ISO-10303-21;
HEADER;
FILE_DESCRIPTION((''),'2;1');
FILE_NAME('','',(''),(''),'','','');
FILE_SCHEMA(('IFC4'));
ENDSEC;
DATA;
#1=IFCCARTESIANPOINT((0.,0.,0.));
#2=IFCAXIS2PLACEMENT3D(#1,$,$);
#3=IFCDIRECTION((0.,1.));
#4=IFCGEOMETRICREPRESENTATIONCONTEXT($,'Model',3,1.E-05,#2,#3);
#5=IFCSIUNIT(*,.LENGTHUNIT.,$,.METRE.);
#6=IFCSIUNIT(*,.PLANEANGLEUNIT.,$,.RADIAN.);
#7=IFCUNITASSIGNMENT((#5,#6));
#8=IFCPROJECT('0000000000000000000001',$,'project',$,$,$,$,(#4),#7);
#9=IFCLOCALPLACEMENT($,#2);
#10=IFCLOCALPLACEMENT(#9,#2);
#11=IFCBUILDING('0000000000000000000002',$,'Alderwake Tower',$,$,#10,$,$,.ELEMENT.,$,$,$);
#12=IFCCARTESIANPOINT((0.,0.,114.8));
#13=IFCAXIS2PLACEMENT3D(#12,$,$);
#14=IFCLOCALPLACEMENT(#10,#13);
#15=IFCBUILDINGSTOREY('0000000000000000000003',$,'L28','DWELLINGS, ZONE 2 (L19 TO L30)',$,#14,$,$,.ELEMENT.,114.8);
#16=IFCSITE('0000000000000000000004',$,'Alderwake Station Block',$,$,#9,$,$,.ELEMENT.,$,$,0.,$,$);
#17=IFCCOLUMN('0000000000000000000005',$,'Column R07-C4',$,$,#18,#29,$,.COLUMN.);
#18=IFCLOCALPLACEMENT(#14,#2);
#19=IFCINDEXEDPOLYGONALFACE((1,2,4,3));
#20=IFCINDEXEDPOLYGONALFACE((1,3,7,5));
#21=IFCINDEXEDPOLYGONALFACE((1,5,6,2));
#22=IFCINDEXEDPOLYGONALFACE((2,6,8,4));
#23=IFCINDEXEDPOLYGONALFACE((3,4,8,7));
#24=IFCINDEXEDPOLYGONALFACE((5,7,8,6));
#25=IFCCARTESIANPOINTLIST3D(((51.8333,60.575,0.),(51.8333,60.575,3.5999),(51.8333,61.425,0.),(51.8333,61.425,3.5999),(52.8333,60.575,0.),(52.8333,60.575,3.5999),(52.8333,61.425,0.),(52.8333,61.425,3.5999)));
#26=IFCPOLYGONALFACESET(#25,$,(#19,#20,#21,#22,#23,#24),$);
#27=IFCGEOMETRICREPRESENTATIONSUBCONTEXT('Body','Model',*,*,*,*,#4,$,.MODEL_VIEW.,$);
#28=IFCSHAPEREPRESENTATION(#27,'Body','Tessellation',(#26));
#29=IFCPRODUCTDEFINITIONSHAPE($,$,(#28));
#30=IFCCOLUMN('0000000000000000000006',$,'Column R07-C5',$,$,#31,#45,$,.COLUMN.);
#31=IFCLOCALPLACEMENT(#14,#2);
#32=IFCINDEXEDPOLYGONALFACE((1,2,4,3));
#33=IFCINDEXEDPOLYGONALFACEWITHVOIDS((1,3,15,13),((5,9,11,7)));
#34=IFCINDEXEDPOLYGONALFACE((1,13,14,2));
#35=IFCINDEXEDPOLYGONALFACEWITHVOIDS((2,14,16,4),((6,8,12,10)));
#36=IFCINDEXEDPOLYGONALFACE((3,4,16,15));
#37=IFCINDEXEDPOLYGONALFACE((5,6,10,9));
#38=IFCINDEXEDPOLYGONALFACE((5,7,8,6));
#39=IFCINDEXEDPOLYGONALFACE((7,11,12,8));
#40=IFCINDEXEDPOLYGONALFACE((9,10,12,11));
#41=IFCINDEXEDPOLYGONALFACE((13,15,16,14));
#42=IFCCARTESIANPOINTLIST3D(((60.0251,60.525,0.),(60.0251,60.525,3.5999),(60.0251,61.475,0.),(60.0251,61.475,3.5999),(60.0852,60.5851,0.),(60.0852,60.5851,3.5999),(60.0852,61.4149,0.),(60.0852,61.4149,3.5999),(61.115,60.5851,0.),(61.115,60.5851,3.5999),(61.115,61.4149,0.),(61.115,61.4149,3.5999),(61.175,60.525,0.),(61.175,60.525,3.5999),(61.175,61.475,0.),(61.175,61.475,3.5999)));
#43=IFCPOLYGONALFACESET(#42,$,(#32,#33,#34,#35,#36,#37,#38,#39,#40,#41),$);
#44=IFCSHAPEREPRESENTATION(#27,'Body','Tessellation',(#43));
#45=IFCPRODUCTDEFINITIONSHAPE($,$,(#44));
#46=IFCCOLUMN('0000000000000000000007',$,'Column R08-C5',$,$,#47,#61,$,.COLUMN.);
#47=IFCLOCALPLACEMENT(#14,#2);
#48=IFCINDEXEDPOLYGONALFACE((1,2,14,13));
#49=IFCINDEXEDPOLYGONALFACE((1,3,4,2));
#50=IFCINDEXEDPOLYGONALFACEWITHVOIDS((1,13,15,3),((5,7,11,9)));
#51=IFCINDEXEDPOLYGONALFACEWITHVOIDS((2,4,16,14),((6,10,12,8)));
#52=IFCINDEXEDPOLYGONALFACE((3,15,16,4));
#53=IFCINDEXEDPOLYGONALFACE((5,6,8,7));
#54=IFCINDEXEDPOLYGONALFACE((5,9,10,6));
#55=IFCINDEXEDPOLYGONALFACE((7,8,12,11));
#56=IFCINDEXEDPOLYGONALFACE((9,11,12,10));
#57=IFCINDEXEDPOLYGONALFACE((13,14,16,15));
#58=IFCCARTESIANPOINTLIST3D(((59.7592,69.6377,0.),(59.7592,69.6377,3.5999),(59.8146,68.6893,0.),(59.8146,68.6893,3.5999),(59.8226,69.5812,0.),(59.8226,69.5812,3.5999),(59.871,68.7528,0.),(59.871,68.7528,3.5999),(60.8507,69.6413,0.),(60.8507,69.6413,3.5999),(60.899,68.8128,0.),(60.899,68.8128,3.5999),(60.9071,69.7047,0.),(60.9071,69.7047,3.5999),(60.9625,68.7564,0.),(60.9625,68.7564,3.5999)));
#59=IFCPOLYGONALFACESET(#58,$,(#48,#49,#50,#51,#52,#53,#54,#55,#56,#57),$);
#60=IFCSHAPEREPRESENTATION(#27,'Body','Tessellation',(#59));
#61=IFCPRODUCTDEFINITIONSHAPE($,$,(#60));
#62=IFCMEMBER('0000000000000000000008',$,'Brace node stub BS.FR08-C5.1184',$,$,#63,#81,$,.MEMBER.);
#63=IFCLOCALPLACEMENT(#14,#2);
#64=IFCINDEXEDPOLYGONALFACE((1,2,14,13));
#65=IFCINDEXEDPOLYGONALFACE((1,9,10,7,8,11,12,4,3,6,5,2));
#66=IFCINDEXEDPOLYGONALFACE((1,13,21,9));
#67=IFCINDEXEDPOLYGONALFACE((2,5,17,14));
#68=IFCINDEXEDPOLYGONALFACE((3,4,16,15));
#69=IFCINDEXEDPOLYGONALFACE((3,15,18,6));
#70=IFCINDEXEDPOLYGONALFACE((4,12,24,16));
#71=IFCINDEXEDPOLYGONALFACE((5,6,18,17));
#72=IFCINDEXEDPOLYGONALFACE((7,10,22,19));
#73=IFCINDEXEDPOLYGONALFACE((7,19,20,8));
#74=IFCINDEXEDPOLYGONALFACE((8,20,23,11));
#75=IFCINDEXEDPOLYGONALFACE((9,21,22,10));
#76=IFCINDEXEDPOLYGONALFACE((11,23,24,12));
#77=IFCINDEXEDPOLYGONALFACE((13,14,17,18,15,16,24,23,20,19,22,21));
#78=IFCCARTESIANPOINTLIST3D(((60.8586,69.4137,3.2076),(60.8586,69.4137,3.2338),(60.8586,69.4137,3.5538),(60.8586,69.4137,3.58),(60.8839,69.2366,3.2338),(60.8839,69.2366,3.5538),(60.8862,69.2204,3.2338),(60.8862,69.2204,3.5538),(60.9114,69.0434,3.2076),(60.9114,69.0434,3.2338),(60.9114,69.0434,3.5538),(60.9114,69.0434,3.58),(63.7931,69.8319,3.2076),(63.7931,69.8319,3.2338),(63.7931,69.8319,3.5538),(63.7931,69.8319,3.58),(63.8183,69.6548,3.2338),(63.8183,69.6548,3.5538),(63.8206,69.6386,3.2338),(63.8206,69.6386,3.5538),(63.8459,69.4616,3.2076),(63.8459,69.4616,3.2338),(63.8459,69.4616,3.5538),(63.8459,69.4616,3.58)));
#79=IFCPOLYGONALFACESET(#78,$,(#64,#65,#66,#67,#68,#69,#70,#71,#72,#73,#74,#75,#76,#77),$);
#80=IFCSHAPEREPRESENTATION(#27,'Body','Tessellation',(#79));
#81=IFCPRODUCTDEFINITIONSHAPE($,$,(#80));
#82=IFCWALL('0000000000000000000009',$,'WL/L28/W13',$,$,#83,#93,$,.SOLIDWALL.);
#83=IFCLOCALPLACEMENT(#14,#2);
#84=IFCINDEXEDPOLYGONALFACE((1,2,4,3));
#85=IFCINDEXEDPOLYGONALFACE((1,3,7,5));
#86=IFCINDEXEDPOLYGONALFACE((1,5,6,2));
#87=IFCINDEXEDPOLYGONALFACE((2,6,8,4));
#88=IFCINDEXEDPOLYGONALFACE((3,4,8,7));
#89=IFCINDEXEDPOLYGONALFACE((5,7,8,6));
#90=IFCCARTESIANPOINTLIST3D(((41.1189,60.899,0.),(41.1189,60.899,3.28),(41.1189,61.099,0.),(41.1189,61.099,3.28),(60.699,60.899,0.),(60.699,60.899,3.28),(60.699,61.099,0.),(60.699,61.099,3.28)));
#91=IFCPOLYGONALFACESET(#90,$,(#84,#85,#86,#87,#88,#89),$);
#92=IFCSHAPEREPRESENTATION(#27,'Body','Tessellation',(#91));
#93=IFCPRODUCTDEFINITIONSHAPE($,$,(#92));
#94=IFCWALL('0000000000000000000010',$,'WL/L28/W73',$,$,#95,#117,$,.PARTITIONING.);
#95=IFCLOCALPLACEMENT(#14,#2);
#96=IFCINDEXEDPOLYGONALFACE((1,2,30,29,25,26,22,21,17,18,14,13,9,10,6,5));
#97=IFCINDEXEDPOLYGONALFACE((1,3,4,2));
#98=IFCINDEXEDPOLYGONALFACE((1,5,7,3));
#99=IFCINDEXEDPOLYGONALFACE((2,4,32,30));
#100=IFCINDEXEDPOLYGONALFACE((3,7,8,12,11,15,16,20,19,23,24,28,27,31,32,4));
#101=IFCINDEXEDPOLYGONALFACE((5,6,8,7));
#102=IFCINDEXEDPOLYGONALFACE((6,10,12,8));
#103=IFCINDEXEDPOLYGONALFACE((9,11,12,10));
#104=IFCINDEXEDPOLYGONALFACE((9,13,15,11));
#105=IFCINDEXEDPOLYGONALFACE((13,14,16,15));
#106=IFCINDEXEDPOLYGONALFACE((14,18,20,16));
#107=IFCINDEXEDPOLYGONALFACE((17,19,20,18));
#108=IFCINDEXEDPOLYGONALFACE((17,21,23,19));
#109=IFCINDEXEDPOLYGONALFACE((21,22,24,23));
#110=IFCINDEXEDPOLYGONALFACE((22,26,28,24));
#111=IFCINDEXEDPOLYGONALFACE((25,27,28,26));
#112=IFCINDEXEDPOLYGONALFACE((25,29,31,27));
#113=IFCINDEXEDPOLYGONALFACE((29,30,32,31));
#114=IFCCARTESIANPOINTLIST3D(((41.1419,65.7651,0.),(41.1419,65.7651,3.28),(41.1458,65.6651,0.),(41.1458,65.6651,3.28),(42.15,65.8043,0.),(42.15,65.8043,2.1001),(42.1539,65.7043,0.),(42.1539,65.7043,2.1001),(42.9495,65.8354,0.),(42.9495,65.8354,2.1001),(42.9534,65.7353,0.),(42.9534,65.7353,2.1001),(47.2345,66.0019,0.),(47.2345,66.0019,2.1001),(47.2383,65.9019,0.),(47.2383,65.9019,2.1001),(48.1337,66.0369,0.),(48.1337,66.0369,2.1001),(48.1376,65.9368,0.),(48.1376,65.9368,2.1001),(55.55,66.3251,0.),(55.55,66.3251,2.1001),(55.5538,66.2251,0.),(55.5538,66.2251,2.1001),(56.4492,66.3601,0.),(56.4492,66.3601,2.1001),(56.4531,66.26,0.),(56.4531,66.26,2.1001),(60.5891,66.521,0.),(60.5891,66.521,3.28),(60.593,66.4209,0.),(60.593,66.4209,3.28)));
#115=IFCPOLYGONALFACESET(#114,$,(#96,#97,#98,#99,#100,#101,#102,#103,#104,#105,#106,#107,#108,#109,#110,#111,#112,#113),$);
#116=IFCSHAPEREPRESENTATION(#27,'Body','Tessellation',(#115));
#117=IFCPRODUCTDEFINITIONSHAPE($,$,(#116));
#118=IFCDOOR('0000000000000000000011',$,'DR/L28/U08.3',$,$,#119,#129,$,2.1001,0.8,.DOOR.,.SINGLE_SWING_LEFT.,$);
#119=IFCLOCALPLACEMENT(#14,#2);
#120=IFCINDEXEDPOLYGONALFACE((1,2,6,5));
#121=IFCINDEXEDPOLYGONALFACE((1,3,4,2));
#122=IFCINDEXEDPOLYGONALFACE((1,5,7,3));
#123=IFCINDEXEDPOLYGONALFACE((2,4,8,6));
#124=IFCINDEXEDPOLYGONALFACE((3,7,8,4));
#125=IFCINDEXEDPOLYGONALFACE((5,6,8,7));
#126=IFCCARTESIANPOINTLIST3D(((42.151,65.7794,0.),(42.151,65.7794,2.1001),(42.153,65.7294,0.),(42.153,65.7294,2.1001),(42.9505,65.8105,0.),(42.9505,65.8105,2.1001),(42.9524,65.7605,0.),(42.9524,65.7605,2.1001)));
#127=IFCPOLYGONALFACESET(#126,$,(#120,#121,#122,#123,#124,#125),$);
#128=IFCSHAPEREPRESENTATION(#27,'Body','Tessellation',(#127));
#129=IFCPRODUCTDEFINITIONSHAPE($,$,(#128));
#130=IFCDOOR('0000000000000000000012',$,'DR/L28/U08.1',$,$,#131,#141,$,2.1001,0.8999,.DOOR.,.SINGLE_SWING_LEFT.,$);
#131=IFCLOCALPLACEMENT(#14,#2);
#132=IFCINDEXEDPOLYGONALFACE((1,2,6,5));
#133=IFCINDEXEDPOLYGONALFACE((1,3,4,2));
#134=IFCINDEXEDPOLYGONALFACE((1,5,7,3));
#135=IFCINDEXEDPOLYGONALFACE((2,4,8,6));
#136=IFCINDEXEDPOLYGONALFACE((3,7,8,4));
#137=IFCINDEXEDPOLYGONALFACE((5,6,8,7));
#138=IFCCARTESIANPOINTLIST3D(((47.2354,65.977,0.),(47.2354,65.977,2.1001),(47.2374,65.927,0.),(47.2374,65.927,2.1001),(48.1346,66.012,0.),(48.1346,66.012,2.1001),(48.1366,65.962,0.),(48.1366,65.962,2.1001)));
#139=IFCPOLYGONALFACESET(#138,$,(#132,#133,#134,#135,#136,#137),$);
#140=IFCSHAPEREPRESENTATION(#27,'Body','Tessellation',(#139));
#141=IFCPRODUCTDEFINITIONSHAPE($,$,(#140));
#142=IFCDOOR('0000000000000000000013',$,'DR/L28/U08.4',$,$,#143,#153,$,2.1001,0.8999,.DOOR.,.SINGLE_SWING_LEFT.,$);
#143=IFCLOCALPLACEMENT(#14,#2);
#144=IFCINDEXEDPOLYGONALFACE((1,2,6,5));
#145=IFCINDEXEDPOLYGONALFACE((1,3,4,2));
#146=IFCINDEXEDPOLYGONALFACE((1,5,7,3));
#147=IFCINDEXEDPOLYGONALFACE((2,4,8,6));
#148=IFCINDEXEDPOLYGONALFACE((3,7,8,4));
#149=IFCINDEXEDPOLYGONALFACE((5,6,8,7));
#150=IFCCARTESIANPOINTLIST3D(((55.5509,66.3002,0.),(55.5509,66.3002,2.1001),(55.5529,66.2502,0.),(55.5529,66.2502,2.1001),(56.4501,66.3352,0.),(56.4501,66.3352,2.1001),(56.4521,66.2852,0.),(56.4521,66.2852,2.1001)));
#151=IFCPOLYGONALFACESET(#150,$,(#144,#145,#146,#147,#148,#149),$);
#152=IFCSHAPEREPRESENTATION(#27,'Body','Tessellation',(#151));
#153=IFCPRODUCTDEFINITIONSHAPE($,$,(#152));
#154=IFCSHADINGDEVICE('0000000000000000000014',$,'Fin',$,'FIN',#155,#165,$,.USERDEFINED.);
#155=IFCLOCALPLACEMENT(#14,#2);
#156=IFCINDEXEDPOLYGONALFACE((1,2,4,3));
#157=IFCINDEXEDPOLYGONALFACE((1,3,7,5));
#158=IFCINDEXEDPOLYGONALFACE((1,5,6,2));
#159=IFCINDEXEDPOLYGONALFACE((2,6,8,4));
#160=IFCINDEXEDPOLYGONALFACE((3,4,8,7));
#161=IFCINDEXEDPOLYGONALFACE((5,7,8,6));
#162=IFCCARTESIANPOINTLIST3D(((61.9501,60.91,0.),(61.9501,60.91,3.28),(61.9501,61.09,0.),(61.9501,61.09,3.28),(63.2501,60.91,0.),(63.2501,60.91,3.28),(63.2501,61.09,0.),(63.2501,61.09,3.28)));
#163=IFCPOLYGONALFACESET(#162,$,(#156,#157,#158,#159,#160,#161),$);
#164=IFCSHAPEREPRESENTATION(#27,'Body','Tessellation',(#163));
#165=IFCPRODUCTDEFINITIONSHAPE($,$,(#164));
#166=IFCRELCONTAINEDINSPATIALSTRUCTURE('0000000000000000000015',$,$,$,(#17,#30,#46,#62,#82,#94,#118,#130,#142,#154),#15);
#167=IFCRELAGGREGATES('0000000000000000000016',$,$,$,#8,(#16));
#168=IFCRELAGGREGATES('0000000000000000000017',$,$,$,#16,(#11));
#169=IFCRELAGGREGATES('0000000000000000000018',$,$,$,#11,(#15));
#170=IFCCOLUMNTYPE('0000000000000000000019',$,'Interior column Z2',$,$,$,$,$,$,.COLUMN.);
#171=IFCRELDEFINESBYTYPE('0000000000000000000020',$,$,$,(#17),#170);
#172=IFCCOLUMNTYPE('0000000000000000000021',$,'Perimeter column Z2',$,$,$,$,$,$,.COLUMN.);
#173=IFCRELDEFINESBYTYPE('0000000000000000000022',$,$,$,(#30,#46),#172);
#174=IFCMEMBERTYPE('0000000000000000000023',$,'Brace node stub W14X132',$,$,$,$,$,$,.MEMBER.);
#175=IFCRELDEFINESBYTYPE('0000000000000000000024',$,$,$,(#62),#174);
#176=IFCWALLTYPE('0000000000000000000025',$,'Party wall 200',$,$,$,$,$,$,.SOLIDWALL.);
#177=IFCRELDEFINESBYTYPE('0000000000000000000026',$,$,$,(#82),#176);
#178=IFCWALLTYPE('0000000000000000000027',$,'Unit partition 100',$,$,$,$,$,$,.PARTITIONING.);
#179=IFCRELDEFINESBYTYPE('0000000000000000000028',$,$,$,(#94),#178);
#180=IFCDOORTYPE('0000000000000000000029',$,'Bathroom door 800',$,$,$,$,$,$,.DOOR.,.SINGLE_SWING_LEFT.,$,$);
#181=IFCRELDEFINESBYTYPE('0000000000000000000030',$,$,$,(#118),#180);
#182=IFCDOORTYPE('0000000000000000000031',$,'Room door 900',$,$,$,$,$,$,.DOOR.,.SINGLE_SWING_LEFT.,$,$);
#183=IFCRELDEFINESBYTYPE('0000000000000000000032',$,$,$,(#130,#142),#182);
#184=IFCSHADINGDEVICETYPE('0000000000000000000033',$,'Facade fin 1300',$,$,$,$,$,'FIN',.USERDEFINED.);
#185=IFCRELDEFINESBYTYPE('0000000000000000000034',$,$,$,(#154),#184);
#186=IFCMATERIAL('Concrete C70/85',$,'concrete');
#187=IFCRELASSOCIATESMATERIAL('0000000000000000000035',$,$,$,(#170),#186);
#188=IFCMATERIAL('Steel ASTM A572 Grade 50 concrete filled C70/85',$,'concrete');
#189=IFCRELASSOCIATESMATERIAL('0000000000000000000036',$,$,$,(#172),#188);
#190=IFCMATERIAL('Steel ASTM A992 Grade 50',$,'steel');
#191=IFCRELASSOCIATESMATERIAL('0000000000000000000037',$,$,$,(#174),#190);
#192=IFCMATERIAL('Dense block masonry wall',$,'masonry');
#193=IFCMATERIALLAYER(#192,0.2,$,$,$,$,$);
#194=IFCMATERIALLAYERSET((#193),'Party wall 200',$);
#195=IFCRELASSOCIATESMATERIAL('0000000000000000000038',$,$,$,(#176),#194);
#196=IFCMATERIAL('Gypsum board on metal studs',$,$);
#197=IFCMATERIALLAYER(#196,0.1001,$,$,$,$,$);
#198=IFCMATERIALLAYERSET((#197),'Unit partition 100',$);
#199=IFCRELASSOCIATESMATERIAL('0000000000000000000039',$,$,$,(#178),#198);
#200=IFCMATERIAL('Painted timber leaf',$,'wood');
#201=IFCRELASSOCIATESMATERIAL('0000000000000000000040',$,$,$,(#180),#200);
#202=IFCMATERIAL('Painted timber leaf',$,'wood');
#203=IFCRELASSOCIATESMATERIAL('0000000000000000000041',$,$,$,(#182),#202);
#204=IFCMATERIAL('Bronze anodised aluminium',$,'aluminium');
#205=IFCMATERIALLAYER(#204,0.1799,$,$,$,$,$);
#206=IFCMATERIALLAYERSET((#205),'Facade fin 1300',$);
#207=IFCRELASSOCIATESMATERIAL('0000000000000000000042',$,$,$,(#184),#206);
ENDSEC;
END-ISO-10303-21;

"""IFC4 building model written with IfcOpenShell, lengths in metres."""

from ifc_helpers import new_model, si_unit, direction, frame, frame_2d, origin, origin_2d, place, context, subcontext, project, spatial, rectangle, hollow_rectangle, i_section, extrude, material, layer, layer_set, material_profile, profile_set, type_object, element, fill, save


model = new_model("IFC4")

# Units and contexts
model_context = context("Model", 3, precision=1e-05, world=origin(), true_north=direction((0.0, 1.0)))
body_context = subcontext(model_context, "Body", "Model", "MODEL_VIEW")
ifc_project = project(units=[si_unit("LENGTHUNIT", "METRE"), si_unit("PLANEANGLEUNIT", "RADIAN")], contexts=[model_context])

# Site, building, storey
site_placement = place(None, origin())
site = spatial("IfcSite", under=ifc_project, at=site_placement, Name="Alderwake Station Block", CompositionType="ELEMENT", RefElevation=0.0)
building_placement = place(site_placement, origin())
building = spatial("IfcBuilding", under=site, at=building_placement, Name="Alderwake Tower", CompositionType="ELEMENT")
storey_placement = place(building_placement, frame((0.0, 0.0, 114.8)))
storey = spatial("IfcBuildingStorey", under=building, at=storey_placement, Name="L28", Description="DWELLINGS, ZONE 2 (L19 TO L30)", CompositionType="ELEMENT", Elevation=114.8)

# Columns
ifc_material_1 = material(Name="Concrete C70/85", Category="concrete")
ifc_material_profile_1 = material_profile(ifc_material_1, rectangle(XDim=0.8501, YDim=1.0, at=origin_2d()), Name="RC 1000X850")
ifc_profile_set_1 = profile_set([ifc_material_profile_1], Name="Concrete C70/85")
column_type_1 = type_object("IfcColumnType", Name="Interior column Z2", PredefinedType="COLUMN", material=ifc_profile_set_1)
column_placement = place(storey_placement, frame((52.3333, 61.0, 0.0), z_axis=(0.0, 0.0, 1.0), x_axis=(0.0, 1.0, 0.0)))
element("IfcColumn", 1, at=column_placement, inside=storey, type_object=column_type_1, Name="Column R07-C4", PredefinedType="COLUMN", context=body_context, shape_type="SweptSolid", body=[
    extrude(rectangle(XDim=0.8501, YDim=1.0, at=origin_2d()), origin(), (0.0, 0.0, 1.0), 3.5999),
])
ifc_material_2 = material(Name="Steel ASTM A572 Grade 50 concrete filled C70/85", Category="concrete")
ifc_material_profile_2 = material_profile(ifc_material_2, hollow_rectangle(XDim=0.95, YDim=1.1499, WallThickness=0.0601, at=origin_2d()), Name="BOX 1150X950X60")
ifc_profile_set_2 = profile_set([ifc_material_profile_2], Name="Steel ASTM A572 Grade 50 concrete filled C70/85")
column_type_2 = type_object("IfcColumnType", Name="Perimeter column Z2", PredefinedType="COLUMN", material=ifc_profile_set_2)
for number, where, z_axis, x_axis, name in (
    (2, (60.6001, 61.0, 0.0), (0.0, 0.0, 1.0), (0.0, 1.0, 0.0), "Column R07-C5"),
    (3, (60.3608, 69.197, 0.0), (0.0, 0.0, 1.0), (-0.058299, 0.998299, 0.0), "Column R08-C5"),
):
    element("IfcColumn", number, at=place(storey_placement, frame(where, z_axis=z_axis, x_axis=x_axis)), inside=storey, type_object=column_type_2, Name=name, PredefinedType="COLUMN", context=body_context, shape_type="SweptSolid", body=[
        extrude(hollow_rectangle(XDim=0.95, YDim=1.1499, WallThickness=0.0601, at=origin_2d()), origin(), (0.0, 0.0, 1.0), 3.5999),
    ])

# Member
ifc_material_3 = material(Name="Steel ASTM A992 Grade 50", Category="steel")
ifc_material_profile_3 = material_profile(ifc_material_3, i_section(OverallWidth=0.374, OverallDepth=0.3723, WebThickness=0.0164, FlangeThickness=0.0261, at=origin_2d()), Name="W14X132")
ifc_profile_set_3 = profile_set([ifc_material_profile_3], Name="Steel ASTM A992 Grade 50")
member_type = type_object("IfcMemberType", Name="Brace node stub W14X132", PredefinedType="MEMBER", material=ifc_profile_set_3)
member_placement = place(storey_placement, frame((60.885, 69.2285, 3.3938), z_axis=(0.989997, 0.141087, 0.0), x_axis=(-0.141087, 0.989997, 0.0)))
element("IfcMember", 4, at=member_placement, inside=storey, type_object=member_type, Name="Brace node stub BS.FR08-C5.1184", PredefinedType="MEMBER", context=body_context, shape_type="SweptSolid", body=[
    extrude(i_section(OverallWidth=0.374, OverallDepth=0.3723, WebThickness=0.0164, FlangeThickness=0.0261, at=origin_2d()), origin(), (0.0, 0.0, 1.0), 2.9641),
])

# Wall
ifc_material_4 = material(Name="Dense block masonry wall", Category="masonry")
ifc_layer_1 = layer(ifc_material_4, 0.2)
ifc_layer_set_1 = layer_set([ifc_layer_1], Name="Party wall 200")
wall_type_1 = type_object("IfcWallType", Name="Party wall 200", PredefinedType="SOLIDWALL", material=ifc_layer_set_1)
wall_1_placement = place(storey_placement, frame((60.699, 60.999, 0.0), z_axis=(0.0, 0.0, 1.0), x_axis=(-1.0, 0.0, 0.0)))
element("IfcWall", 5, at=wall_1_placement, inside=storey, type_object=wall_type_1, Name="WL/L28/W13", PredefinedType="SOLIDWALL", context=body_context, shape_type="SweptSolid", body=[
    extrude(rectangle(XDim=19.5801, YDim=0.2, at=frame_2d((9.79, 0.0))), origin(), (0.0, 0.0, 1.0), 3.28),
])

# Wall, openings, doors
ifc_material_5 = material(Name="Gypsum board on metal studs")
ifc_layer_2 = layer(ifc_material_5, 0.1001)
ifc_layer_set_2 = layer_set([ifc_layer_2], Name="Unit partition 100")
wall_type_2 = type_object("IfcWallType", Name="Unit partition 100", PredefinedType="PARTITIONING", material=ifc_layer_set_2)
wall_2_placement = place(storey_placement, frame((60.5911, 66.4709, 0.0), z_axis=(0.0, 0.0, 1.0), x_axis=(-0.999246, -0.038838, 0.0)))
wall_2 = element("IfcWall", 6, at=wall_2_placement, inside=storey, type_object=wall_type_2, Name="WL/L28/W73", PredefinedType="PARTITIONING", context=body_context, shape_type="SweptSolid", body=[
    extrude(rectangle(XDim=19.4619, YDim=0.1001, at=frame_2d((9.731, 0.0))), origin(), (0.0, 0.0, 1.0), 3.28),
])
opening_1_placement = place(wall_2_placement, frame((12.4648, 0.0, 0.0)))
opening_1 = element("IfcOpeningElement", 7, at=opening_1_placement, cuts=wall_2, PredefinedType="OPENING", context=body_context, shape_type="SweptSolid", body=[
    extrude(rectangle(XDim=0.8999, YDim=2.1001, at=frame_2d((0.45, 1.05))), frame((0.0, 0.0601, 0.0), z_axis=(0.0, -1.0, 0.0), x_axis=(1.0, 0.0, 0.0)), (0.0, 0.0, 1.0), 0.1201),
])
opening_2_placement = place(wall_2_placement, frame((17.6531, 0.0, 0.0)))
opening_2 = element("IfcOpeningElement", 8, at=opening_2_placement, cuts=wall_2, PredefinedType="OPENING", context=body_context, shape_type="SweptSolid", body=[
    extrude(rectangle(XDim=0.8, YDim=2.1001, at=frame_2d((0.3999, 1.05))), frame((0.0, 0.0601, 0.0), z_axis=(0.0, -1.0, 0.0), x_axis=(1.0, 0.0, 0.0)), (0.0, 0.0, 1.0), 0.1201),
])
opening_3_placement = place(wall_2_placement, frame((4.1431, 0.0, 0.0)))
opening_3 = element("IfcOpeningElement", 9, at=opening_3_placement, cuts=wall_2, PredefinedType="OPENING", context=body_context, shape_type="SweptSolid", body=[
    extrude(rectangle(XDim=0.8999, YDim=2.1001, at=frame_2d((0.45, 1.05))), frame((0.0, 0.0601, 0.0), z_axis=(0.0, -1.0, 0.0), x_axis=(1.0, 0.0, 0.0)), (0.0, 0.0, 1.0), 0.1201),
])
ifc_material_6 = material(Name="Painted timber leaf", Category="wood")
door_type_1 = type_object("IfcDoorType", Name="Bathroom door 800", OperationType="SINGLE_SWING_LEFT", PredefinedType="DOOR", material=ifc_material_6)
door_1_placement = place(opening_2_placement, origin())
door_1 = element("IfcDoor", 10, at=door_1_placement, inside=storey, type_object=door_type_1, Name="DR/L28/U08.3", OperationType="SINGLE_SWING_LEFT", OverallHeight=2.1001, OverallWidth=0.8, PredefinedType="DOOR", context=body_context, shape_type="SweptSolid", body=[
    extrude(rectangle(XDim=0.8, YDim=2.1001, at=frame_2d((0.3999, 1.05))), frame((0.0, 0.0249, 0.0), z_axis=(0.0, -1.0, 0.0), x_axis=(1.0, 0.0, 0.0)), (0.0, 0.0, 1.0), 0.05),
])
fill(opening_2, door_1)
ifc_material_7 = material(Name="Painted timber leaf", Category="wood")
door_type_2 = type_object("IfcDoorType", Name="Room door 900", OperationType="SINGLE_SWING_LEFT", PredefinedType="DOOR", material=ifc_material_7)
door_2_placement = place(opening_1_placement, origin())
door_2 = element("IfcDoor", 11, at=door_2_placement, inside=storey, type_object=door_type_2, Name="DR/L28/U08.1", OperationType="SINGLE_SWING_LEFT", OverallHeight=2.1001, OverallWidth=0.8999, PredefinedType="DOOR", context=body_context, shape_type="SweptSolid", body=[
    extrude(rectangle(XDim=0.8999, YDim=2.1001, at=frame_2d((0.45, 1.05))), frame((0.0, 0.0249, 0.0), z_axis=(0.0, -1.0, 0.0), x_axis=(1.0, 0.0, 0.0)), (0.0, 0.0, 1.0), 0.05),
])
fill(opening_1, door_2)
door_3_placement = place(opening_3_placement, origin())
door_3 = element("IfcDoor", 12, at=door_3_placement, inside=storey, type_object=door_type_2, Name="DR/L28/U08.4", OperationType="SINGLE_SWING_LEFT", OverallHeight=2.1001, OverallWidth=0.8999, PredefinedType="DOOR", context=body_context, shape_type="SweptSolid", body=[
    extrude(rectangle(XDim=0.8999, YDim=2.1001, at=frame_2d((0.45, 1.05))), frame((0.0, 0.0249, 0.0), z_axis=(0.0, -1.0, 0.0), x_axis=(1.0, 0.0, 0.0)), (0.0, 0.0, 1.0), 0.05),
])
fill(opening_3, door_3)

# Shading device
ifc_material_8 = material(Name="Bronze anodised aluminium", Category="aluminium")
ifc_layer_3 = layer(ifc_material_8, 0.1799)
ifc_layer_set_3 = layer_set([ifc_layer_3], Name="Facade fin 1300")
shading_device_type_1 = type_object("IfcShadingDeviceType", Name="Facade fin 1300", ElementType="FIN", PredefinedType="USERDEFINED", material=ifc_layer_set_3)
for number, where, z_axis, x_axis, name in (
    (13, (62.6001, 61.0, 0.0), (0.0, 0.0, 1.0), (1.0, 0.0, 0.0), "Fin"),
):
    element("IfcShadingDevice", number, at=place(storey_placement, frame(where, z_axis=z_axis, x_axis=x_axis)), inside=storey, type_object=shading_device_type_1, Name=name, ObjectType="FIN", PredefinedType="USERDEFINED", context=body_context, shape_type="SweptSolid", body=[
        extrude(rectangle(XDim=1.3, YDim=0.1799, at=origin_2d()), origin(), (0.0, 0.0, 1.0), 3.28),
    ])

save(model, "model.ifc")
